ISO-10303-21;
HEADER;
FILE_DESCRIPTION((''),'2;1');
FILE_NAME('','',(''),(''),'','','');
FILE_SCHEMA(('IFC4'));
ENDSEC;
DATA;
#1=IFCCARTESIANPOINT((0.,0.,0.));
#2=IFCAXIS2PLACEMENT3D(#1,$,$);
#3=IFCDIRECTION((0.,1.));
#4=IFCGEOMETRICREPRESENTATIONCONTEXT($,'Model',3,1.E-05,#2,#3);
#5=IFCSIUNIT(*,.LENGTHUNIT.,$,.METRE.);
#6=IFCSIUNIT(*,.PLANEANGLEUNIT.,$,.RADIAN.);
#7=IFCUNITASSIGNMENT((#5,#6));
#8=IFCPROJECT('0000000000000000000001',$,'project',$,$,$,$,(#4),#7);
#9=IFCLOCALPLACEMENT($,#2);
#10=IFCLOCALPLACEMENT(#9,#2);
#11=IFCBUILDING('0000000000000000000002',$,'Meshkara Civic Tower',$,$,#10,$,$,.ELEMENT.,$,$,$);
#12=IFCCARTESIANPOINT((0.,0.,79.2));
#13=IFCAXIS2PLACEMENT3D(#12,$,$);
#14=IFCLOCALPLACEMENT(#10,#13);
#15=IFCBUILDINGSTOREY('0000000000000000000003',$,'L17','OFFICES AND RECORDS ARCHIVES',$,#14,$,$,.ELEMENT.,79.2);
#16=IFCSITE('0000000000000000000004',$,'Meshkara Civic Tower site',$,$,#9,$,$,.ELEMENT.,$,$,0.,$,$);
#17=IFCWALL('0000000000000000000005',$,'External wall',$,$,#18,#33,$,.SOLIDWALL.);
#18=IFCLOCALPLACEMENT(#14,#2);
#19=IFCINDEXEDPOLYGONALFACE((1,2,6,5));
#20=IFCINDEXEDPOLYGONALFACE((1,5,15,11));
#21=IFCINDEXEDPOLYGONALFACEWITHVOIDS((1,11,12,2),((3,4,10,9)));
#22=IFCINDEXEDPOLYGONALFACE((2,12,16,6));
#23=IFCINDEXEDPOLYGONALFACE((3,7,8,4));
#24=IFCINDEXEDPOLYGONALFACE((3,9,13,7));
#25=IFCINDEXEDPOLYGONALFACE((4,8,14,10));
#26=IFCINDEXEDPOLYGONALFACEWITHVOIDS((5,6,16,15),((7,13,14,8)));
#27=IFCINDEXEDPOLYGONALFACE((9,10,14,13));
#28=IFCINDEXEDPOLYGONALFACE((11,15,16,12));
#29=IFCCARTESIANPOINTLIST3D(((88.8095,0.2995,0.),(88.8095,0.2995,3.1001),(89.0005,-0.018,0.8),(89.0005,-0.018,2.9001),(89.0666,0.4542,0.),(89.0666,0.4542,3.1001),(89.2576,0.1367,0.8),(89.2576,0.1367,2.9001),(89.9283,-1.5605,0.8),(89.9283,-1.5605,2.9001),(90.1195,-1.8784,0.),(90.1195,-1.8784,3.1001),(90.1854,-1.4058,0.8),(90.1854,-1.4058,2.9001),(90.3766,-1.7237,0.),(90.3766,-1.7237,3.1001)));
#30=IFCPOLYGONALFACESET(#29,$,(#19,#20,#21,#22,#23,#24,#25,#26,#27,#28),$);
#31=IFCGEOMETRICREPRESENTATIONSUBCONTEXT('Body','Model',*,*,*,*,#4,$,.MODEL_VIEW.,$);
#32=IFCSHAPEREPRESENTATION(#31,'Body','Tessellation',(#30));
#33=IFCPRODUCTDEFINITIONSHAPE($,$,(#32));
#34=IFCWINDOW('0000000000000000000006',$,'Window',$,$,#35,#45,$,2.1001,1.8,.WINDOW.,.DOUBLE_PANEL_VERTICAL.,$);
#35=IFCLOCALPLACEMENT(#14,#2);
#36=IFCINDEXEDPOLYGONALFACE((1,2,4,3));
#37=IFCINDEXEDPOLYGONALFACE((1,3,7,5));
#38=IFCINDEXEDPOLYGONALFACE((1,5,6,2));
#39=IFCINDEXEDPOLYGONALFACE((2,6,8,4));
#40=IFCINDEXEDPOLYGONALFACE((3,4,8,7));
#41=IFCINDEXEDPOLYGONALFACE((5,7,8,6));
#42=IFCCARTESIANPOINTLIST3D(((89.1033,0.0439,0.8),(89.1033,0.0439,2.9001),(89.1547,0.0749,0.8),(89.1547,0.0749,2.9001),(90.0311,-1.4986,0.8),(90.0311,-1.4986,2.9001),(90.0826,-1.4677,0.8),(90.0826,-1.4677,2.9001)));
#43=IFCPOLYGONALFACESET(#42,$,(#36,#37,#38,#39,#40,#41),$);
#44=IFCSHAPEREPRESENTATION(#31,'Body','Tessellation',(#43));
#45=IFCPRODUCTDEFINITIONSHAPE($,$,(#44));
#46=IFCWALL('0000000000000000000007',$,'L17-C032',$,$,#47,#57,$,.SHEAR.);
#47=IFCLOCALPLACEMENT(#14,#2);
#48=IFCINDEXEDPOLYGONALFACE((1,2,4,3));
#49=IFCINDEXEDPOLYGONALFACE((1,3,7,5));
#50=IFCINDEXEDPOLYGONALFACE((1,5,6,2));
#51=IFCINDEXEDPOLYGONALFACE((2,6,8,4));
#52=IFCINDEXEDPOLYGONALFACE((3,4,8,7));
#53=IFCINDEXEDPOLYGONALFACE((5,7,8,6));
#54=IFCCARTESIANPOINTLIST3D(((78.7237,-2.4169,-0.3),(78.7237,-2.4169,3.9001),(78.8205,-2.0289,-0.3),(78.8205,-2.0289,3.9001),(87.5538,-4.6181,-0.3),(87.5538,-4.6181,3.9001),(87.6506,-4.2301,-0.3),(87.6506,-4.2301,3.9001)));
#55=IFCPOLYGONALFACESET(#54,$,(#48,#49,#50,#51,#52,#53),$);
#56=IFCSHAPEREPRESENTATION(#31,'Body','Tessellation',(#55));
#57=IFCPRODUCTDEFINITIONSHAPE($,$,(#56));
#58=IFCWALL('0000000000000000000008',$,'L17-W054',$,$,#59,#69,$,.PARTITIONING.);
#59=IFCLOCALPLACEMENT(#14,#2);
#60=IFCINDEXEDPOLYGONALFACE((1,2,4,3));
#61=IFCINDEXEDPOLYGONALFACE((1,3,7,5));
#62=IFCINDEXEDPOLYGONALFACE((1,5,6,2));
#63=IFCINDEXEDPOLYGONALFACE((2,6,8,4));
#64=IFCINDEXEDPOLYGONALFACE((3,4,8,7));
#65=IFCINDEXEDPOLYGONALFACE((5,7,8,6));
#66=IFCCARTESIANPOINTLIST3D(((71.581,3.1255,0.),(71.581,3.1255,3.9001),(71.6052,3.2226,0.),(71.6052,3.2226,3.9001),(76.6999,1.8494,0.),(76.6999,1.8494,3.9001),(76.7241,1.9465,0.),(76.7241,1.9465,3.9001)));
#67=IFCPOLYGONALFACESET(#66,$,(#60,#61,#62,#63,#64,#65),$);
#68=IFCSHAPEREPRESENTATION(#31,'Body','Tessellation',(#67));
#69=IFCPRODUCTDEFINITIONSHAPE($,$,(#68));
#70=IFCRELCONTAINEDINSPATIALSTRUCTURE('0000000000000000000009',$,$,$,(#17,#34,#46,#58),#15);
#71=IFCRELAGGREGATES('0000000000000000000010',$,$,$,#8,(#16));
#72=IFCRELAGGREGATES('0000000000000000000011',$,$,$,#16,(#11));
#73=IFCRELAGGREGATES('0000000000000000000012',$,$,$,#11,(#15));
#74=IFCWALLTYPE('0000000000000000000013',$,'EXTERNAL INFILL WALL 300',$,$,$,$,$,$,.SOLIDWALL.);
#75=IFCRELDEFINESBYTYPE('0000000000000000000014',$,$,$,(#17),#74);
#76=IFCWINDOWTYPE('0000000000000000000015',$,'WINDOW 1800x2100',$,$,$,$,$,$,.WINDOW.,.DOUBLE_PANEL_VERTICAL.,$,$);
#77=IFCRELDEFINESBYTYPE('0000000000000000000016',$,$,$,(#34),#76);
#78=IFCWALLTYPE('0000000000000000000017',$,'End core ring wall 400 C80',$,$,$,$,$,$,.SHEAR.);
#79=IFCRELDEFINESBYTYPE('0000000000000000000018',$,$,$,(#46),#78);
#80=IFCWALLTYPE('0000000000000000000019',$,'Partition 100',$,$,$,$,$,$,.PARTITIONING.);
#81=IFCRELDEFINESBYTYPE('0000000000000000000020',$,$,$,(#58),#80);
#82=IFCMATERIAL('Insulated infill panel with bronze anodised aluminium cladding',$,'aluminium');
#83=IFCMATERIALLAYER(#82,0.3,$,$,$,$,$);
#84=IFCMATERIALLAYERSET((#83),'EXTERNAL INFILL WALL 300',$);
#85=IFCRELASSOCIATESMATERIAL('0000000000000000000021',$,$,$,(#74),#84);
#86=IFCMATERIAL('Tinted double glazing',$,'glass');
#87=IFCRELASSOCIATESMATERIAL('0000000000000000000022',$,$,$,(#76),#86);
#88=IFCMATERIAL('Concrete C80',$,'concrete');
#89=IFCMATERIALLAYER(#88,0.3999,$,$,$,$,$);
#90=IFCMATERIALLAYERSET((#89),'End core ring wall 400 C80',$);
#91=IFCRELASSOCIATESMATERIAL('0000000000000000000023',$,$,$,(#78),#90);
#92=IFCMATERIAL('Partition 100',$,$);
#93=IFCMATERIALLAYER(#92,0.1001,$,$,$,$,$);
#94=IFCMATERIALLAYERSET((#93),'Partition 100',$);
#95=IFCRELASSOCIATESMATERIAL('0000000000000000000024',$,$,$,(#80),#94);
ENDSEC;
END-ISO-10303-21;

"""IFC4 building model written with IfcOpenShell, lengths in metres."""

from ifc_helpers import new_model, si_unit, direction, frame, frame_2d, origin, place, context, subcontext, project, spatial, rectangle, extrude, material, layer, layer_set, type_object, element, fill, save


model = new_model("IFC4")

# Units and contexts
model_context = context("Model", 3, precision=1e-05, world=origin(), true_north=direction((0.0, 1.0)))
body_context = subcontext(model_context, "Body", "Model", "MODEL_VIEW")
ifc_project = project(units=[si_unit("LENGTHUNIT", "METRE"), si_unit("PLANEANGLEUNIT", "RADIAN")], contexts=[model_context])

# Site, building, storey
site_placement = place(None, origin())
site = spatial("IfcSite", under=ifc_project, at=site_placement, Name="Meshkara Civic Tower site", CompositionType="ELEMENT", RefElevation=0.0)
building_placement = place(site_placement, origin())
building = spatial("IfcBuilding", under=site, at=building_placement, Name="Meshkara Civic Tower", CompositionType="ELEMENT")
storey_placement = place(building_placement, frame((0.0, 0.0, 79.2)))
storey = spatial("IfcBuildingStorey", under=building, at=storey_placement, Name="L17", Description="OFFICES AND RECORDS ARCHIVES", CompositionType="ELEMENT", Elevation=79.2)

# Wall, opening, window
ifc_material_1 = material(Name="Insulated infill panel with bronze anodised aluminium cladding", Category="aluminium")
ifc_layer_1 = layer(ifc_material_1, 0.3)
ifc_layer_set_1 = layer_set([ifc_layer_1], Name="EXTERNAL INFILL WALL 300")
wall_type_1 = type_object("IfcWallType", Name="EXTERNAL INFILL WALL 300", PredefinedType="SOLIDWALL", material=ifc_layer_set_1)
ifc_material_2 = material(Name="Tinted double glazing", Category="glass")
window_type_1 = type_object("IfcWindowType", Name="WINDOW 1800x2100", PartitioningType="DOUBLE_PANEL_VERTICAL", PredefinedType="WINDOW", material=ifc_material_2)
wall_1_placement = place(storey_placement, frame((90.248, -1.801, 0.0), z_axis=(0.0, 0.0, 1.0), x_axis=(-0.515442, 0.856925, 0.0)))
wall_1 = element("IfcWall", 1, at=wall_1_placement, inside=storey, type_object=wall_type_1, Name="External wall", PredefinedType="SOLIDWALL", context=body_context, shape_type="SweptSolid", body=[
    extrude(rectangle(XDim=2.5415, YDim=0.3, at=frame_2d((1.2708, 0.0))), origin(), (0.0, 0.0, 1.0), 3.1001),
])
opening_1_placement = place(wall_1_placement, frame((0.3711, 0.0, 0.8)))
opening_1 = element("IfcOpeningElement", 2, at=opening_1_placement, cuts=wall_1, PredefinedType="OPENING", context=body_context, shape_type="SweptSolid", body=[
    extrude(rectangle(XDim=1.8, YDim=2.1001, at=frame_2d((0.8999, 1.05))), frame((0.0, 0.1599, 0.0), z_axis=(0.0, -1.0, 0.0), x_axis=(1.0, 0.0, 0.0)), (0.0, 0.0, 1.0), 0.3201),
])
window_1_placement = place(opening_1_placement, origin())
window_1 = element("IfcWindow", 3, at=window_1_placement, inside=storey, type_object=window_type_1, Name="Window", OverallHeight=2.1001, OverallWidth=1.8, PartitioningType="DOUBLE_PANEL_VERTICAL", PredefinedType="WINDOW", context=body_context, shape_type="SweptSolid", body=[
    extrude(rectangle(XDim=1.8, YDim=2.1001, at=frame_2d((0.8999, 1.05))), frame((0.0, 0.03, 0.0), z_axis=(0.0, -1.0, 0.0), x_axis=(1.0, 0.0, 0.0)), (0.0, 0.0, 1.0), 0.0601),
])
fill(opening_1, window_1)

# Walls
ifc_material_3 = material(Name="Concrete C80", Category="concrete")
ifc_layer_2 = layer(ifc_material_3, 0.3999)
ifc_layer_set_2 = layer_set([ifc_layer_2], Name="End core ring wall 400 C80")
wall_type_2 = type_object("IfcWallType", Name="End core ring wall 400 C80", PredefinedType="SHEAR", material=ifc_layer_set_2)
wall_2_placement = place(storey_placement, frame((78.772, -2.2229, -0.3), z_axis=(0.0, 0.0, 1.0), x_axis=(0.970306, -0.241879, 0.0)))
element("IfcWall", 4, at=wall_2_placement, inside=storey, type_object=wall_type_2, Name="L17-C032", PredefinedType="SHEAR", context=body_context, shape_type="SweptSolid", body=[
    extrude(rectangle(XDim=9.1003, YDim=0.3999, at=frame_2d((4.5503, 0.0))), origin(), (0.0, 0.0, 1.0), 4.2002),
])
ifc_material_4 = material(Name="Partition 100")
ifc_layer_3 = layer(ifc_material_4, 0.1001)
ifc_layer_set_3 = layer_set([ifc_layer_3], Name="Partition 100")
wall_type_3 = type_object("IfcWallType", Name="Partition 100", PredefinedType="PARTITIONING", material=ifc_layer_set_3)
wall_3_placement = place(storey_placement, frame((76.7119, 1.8979, 0.0), z_axis=(0.0, 0.0, 1.0), x_axis=(-0.970303, 0.241893, 0.0)))
element("IfcWall", 5, at=wall_3_placement, inside=storey, type_object=wall_type_3, Name="L17-W054", PredefinedType="PARTITIONING", context=body_context, shape_type="SweptSolid", body=[
    extrude(rectangle(XDim=5.2756, YDim=0.1001, at=frame_2d((2.6377, 0.0))), origin(), (0.0, 0.0, 1.0), 3.9001),
])

save(model, "model.ifc")
